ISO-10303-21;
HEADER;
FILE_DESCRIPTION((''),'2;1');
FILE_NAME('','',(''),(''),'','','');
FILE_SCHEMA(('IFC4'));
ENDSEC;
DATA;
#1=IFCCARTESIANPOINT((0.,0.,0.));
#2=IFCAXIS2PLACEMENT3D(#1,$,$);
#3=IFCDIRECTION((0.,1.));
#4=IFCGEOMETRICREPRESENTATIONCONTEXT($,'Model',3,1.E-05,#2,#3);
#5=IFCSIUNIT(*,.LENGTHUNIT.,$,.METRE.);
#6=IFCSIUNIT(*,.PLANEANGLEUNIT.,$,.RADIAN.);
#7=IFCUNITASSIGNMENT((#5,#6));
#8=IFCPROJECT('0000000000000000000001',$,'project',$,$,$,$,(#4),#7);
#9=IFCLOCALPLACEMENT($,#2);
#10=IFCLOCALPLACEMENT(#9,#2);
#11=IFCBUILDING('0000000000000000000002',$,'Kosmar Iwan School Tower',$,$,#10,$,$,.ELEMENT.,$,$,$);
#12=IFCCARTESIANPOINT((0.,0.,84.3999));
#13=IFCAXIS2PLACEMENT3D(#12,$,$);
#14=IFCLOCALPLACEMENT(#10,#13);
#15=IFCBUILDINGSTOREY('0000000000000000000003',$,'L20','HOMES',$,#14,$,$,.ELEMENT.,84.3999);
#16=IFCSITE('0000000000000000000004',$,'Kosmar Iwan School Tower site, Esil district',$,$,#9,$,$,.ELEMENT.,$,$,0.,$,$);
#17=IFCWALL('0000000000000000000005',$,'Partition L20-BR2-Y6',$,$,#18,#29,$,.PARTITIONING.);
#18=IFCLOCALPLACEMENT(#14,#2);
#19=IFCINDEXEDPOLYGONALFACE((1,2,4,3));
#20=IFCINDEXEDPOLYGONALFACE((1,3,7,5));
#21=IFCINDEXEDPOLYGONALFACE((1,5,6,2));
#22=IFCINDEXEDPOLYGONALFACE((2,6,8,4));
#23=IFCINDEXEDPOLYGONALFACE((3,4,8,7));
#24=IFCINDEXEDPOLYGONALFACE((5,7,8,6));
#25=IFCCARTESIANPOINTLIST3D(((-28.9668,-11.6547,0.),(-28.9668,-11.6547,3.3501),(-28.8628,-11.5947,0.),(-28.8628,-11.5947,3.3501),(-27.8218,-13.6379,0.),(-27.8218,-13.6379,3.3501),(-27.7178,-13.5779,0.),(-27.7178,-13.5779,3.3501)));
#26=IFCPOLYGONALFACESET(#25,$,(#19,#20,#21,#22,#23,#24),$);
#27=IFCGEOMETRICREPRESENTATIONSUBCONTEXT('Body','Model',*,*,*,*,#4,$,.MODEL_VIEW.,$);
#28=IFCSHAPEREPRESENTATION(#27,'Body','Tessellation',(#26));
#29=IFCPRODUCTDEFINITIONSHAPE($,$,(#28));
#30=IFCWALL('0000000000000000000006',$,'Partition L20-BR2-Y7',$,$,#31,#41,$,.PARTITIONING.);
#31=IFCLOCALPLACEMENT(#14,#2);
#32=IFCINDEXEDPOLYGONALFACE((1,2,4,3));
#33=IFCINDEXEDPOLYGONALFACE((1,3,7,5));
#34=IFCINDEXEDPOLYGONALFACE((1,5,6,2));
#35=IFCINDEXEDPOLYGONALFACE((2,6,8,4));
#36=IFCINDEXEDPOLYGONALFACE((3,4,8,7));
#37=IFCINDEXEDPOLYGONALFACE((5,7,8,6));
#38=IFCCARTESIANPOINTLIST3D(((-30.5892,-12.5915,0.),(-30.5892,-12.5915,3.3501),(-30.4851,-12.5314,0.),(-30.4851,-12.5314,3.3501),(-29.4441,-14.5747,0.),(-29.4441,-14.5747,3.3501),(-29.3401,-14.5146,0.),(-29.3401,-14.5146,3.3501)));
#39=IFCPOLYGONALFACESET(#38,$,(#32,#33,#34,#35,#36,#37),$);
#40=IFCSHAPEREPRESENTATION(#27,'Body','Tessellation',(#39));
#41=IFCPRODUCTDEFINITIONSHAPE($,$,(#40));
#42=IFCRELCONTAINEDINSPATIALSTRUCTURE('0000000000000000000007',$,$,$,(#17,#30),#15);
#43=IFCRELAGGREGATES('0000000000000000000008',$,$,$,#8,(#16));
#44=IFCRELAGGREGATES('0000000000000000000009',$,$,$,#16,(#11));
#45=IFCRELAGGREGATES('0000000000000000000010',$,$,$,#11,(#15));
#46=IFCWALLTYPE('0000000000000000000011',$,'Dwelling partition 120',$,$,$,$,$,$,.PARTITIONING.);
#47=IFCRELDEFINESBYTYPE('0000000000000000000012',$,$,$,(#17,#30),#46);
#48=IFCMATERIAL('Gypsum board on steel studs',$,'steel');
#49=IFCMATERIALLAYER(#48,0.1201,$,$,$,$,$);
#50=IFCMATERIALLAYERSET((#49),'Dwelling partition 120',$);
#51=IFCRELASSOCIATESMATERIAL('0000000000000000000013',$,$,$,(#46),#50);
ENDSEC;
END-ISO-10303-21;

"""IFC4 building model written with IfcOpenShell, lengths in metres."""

from ifc_helpers import new_model, si_unit, direction, frame, frame_2d, origin, place, context, subcontext, project, spatial, rectangle, extrude, material, layer, layer_set, type_object, element, save


model = new_model("IFC4")

# Units and contexts
model_context = context("Model", 3, precision=1e-05, world=origin(), true_north=direction((0.0, 1.0)))
body_context = subcontext(model_context, "Body", "Model", "MODEL_VIEW")
ifc_project = project(units=[si_unit("LENGTHUNIT", "METRE"), si_unit("PLANEANGLEUNIT", "RADIAN")], contexts=[model_context])

# Site, building, storey
site_placement = place(None, origin())
site = spatial("IfcSite", under=ifc_project, at=site_placement, Name="Kosmar Iwan School Tower site, Esil district", CompositionType="ELEMENT", RefElevation=0.0)
building_placement = place(site_placement, origin())
building = spatial("IfcBuilding", under=site, at=building_placement, Name="Kosmar Iwan School Tower", CompositionType="ELEMENT")
storey_placement = place(building_placement, frame((0.0, 0.0, 84.3999)))
storey = spatial("IfcBuildingStorey", under=building, at=storey_placement, Name="L20", Description="HOMES", CompositionType="ELEMENT", Elevation=84.3999)

# Walls
ifc_material_1 = material(Name="Gypsum board on steel studs", Category="steel")
ifc_layer_1 = layer(ifc_material_1, 0.1201)
ifc_layer_set_1 = layer_set([ifc_layer_1], Name="Dwelling partition 120")
wall_type_1 = type_object("IfcWallType", Name="Dwelling partition 120", PredefinedType="PARTITIONING", material=ifc_layer_set_1)
for number, where, z_axis, x_axis, name in (
    (1, (-27.7698, -13.6079, 0.0), (0.0, 0.0, 1.0), (-0.500015, 0.866017, 0.0), "Partition L20-BR2-Y6"),
    (2, (-29.3921, -14.5447, 0.0), (0.0, 0.0, 1.0), (-0.500015, 0.866017, 0.0), "Partition L20-BR2-Y7"),
):
    element("IfcWall", number, at=place(storey_placement, frame(where, z_axis=z_axis, x_axis=x_axis)), inside=storey, type_object=wall_type_1, Name=name, PredefinedType="PARTITIONING", context=body_context, shape_type="SweptSolid", body=[
        extrude(rectangle(XDim=2.29, YDim=0.1201, at=frame_2d((1.145, 0.0))), origin(), (0.0, 0.0, 1.0), 3.3501),
    ])

save(model, "model.ifc")
